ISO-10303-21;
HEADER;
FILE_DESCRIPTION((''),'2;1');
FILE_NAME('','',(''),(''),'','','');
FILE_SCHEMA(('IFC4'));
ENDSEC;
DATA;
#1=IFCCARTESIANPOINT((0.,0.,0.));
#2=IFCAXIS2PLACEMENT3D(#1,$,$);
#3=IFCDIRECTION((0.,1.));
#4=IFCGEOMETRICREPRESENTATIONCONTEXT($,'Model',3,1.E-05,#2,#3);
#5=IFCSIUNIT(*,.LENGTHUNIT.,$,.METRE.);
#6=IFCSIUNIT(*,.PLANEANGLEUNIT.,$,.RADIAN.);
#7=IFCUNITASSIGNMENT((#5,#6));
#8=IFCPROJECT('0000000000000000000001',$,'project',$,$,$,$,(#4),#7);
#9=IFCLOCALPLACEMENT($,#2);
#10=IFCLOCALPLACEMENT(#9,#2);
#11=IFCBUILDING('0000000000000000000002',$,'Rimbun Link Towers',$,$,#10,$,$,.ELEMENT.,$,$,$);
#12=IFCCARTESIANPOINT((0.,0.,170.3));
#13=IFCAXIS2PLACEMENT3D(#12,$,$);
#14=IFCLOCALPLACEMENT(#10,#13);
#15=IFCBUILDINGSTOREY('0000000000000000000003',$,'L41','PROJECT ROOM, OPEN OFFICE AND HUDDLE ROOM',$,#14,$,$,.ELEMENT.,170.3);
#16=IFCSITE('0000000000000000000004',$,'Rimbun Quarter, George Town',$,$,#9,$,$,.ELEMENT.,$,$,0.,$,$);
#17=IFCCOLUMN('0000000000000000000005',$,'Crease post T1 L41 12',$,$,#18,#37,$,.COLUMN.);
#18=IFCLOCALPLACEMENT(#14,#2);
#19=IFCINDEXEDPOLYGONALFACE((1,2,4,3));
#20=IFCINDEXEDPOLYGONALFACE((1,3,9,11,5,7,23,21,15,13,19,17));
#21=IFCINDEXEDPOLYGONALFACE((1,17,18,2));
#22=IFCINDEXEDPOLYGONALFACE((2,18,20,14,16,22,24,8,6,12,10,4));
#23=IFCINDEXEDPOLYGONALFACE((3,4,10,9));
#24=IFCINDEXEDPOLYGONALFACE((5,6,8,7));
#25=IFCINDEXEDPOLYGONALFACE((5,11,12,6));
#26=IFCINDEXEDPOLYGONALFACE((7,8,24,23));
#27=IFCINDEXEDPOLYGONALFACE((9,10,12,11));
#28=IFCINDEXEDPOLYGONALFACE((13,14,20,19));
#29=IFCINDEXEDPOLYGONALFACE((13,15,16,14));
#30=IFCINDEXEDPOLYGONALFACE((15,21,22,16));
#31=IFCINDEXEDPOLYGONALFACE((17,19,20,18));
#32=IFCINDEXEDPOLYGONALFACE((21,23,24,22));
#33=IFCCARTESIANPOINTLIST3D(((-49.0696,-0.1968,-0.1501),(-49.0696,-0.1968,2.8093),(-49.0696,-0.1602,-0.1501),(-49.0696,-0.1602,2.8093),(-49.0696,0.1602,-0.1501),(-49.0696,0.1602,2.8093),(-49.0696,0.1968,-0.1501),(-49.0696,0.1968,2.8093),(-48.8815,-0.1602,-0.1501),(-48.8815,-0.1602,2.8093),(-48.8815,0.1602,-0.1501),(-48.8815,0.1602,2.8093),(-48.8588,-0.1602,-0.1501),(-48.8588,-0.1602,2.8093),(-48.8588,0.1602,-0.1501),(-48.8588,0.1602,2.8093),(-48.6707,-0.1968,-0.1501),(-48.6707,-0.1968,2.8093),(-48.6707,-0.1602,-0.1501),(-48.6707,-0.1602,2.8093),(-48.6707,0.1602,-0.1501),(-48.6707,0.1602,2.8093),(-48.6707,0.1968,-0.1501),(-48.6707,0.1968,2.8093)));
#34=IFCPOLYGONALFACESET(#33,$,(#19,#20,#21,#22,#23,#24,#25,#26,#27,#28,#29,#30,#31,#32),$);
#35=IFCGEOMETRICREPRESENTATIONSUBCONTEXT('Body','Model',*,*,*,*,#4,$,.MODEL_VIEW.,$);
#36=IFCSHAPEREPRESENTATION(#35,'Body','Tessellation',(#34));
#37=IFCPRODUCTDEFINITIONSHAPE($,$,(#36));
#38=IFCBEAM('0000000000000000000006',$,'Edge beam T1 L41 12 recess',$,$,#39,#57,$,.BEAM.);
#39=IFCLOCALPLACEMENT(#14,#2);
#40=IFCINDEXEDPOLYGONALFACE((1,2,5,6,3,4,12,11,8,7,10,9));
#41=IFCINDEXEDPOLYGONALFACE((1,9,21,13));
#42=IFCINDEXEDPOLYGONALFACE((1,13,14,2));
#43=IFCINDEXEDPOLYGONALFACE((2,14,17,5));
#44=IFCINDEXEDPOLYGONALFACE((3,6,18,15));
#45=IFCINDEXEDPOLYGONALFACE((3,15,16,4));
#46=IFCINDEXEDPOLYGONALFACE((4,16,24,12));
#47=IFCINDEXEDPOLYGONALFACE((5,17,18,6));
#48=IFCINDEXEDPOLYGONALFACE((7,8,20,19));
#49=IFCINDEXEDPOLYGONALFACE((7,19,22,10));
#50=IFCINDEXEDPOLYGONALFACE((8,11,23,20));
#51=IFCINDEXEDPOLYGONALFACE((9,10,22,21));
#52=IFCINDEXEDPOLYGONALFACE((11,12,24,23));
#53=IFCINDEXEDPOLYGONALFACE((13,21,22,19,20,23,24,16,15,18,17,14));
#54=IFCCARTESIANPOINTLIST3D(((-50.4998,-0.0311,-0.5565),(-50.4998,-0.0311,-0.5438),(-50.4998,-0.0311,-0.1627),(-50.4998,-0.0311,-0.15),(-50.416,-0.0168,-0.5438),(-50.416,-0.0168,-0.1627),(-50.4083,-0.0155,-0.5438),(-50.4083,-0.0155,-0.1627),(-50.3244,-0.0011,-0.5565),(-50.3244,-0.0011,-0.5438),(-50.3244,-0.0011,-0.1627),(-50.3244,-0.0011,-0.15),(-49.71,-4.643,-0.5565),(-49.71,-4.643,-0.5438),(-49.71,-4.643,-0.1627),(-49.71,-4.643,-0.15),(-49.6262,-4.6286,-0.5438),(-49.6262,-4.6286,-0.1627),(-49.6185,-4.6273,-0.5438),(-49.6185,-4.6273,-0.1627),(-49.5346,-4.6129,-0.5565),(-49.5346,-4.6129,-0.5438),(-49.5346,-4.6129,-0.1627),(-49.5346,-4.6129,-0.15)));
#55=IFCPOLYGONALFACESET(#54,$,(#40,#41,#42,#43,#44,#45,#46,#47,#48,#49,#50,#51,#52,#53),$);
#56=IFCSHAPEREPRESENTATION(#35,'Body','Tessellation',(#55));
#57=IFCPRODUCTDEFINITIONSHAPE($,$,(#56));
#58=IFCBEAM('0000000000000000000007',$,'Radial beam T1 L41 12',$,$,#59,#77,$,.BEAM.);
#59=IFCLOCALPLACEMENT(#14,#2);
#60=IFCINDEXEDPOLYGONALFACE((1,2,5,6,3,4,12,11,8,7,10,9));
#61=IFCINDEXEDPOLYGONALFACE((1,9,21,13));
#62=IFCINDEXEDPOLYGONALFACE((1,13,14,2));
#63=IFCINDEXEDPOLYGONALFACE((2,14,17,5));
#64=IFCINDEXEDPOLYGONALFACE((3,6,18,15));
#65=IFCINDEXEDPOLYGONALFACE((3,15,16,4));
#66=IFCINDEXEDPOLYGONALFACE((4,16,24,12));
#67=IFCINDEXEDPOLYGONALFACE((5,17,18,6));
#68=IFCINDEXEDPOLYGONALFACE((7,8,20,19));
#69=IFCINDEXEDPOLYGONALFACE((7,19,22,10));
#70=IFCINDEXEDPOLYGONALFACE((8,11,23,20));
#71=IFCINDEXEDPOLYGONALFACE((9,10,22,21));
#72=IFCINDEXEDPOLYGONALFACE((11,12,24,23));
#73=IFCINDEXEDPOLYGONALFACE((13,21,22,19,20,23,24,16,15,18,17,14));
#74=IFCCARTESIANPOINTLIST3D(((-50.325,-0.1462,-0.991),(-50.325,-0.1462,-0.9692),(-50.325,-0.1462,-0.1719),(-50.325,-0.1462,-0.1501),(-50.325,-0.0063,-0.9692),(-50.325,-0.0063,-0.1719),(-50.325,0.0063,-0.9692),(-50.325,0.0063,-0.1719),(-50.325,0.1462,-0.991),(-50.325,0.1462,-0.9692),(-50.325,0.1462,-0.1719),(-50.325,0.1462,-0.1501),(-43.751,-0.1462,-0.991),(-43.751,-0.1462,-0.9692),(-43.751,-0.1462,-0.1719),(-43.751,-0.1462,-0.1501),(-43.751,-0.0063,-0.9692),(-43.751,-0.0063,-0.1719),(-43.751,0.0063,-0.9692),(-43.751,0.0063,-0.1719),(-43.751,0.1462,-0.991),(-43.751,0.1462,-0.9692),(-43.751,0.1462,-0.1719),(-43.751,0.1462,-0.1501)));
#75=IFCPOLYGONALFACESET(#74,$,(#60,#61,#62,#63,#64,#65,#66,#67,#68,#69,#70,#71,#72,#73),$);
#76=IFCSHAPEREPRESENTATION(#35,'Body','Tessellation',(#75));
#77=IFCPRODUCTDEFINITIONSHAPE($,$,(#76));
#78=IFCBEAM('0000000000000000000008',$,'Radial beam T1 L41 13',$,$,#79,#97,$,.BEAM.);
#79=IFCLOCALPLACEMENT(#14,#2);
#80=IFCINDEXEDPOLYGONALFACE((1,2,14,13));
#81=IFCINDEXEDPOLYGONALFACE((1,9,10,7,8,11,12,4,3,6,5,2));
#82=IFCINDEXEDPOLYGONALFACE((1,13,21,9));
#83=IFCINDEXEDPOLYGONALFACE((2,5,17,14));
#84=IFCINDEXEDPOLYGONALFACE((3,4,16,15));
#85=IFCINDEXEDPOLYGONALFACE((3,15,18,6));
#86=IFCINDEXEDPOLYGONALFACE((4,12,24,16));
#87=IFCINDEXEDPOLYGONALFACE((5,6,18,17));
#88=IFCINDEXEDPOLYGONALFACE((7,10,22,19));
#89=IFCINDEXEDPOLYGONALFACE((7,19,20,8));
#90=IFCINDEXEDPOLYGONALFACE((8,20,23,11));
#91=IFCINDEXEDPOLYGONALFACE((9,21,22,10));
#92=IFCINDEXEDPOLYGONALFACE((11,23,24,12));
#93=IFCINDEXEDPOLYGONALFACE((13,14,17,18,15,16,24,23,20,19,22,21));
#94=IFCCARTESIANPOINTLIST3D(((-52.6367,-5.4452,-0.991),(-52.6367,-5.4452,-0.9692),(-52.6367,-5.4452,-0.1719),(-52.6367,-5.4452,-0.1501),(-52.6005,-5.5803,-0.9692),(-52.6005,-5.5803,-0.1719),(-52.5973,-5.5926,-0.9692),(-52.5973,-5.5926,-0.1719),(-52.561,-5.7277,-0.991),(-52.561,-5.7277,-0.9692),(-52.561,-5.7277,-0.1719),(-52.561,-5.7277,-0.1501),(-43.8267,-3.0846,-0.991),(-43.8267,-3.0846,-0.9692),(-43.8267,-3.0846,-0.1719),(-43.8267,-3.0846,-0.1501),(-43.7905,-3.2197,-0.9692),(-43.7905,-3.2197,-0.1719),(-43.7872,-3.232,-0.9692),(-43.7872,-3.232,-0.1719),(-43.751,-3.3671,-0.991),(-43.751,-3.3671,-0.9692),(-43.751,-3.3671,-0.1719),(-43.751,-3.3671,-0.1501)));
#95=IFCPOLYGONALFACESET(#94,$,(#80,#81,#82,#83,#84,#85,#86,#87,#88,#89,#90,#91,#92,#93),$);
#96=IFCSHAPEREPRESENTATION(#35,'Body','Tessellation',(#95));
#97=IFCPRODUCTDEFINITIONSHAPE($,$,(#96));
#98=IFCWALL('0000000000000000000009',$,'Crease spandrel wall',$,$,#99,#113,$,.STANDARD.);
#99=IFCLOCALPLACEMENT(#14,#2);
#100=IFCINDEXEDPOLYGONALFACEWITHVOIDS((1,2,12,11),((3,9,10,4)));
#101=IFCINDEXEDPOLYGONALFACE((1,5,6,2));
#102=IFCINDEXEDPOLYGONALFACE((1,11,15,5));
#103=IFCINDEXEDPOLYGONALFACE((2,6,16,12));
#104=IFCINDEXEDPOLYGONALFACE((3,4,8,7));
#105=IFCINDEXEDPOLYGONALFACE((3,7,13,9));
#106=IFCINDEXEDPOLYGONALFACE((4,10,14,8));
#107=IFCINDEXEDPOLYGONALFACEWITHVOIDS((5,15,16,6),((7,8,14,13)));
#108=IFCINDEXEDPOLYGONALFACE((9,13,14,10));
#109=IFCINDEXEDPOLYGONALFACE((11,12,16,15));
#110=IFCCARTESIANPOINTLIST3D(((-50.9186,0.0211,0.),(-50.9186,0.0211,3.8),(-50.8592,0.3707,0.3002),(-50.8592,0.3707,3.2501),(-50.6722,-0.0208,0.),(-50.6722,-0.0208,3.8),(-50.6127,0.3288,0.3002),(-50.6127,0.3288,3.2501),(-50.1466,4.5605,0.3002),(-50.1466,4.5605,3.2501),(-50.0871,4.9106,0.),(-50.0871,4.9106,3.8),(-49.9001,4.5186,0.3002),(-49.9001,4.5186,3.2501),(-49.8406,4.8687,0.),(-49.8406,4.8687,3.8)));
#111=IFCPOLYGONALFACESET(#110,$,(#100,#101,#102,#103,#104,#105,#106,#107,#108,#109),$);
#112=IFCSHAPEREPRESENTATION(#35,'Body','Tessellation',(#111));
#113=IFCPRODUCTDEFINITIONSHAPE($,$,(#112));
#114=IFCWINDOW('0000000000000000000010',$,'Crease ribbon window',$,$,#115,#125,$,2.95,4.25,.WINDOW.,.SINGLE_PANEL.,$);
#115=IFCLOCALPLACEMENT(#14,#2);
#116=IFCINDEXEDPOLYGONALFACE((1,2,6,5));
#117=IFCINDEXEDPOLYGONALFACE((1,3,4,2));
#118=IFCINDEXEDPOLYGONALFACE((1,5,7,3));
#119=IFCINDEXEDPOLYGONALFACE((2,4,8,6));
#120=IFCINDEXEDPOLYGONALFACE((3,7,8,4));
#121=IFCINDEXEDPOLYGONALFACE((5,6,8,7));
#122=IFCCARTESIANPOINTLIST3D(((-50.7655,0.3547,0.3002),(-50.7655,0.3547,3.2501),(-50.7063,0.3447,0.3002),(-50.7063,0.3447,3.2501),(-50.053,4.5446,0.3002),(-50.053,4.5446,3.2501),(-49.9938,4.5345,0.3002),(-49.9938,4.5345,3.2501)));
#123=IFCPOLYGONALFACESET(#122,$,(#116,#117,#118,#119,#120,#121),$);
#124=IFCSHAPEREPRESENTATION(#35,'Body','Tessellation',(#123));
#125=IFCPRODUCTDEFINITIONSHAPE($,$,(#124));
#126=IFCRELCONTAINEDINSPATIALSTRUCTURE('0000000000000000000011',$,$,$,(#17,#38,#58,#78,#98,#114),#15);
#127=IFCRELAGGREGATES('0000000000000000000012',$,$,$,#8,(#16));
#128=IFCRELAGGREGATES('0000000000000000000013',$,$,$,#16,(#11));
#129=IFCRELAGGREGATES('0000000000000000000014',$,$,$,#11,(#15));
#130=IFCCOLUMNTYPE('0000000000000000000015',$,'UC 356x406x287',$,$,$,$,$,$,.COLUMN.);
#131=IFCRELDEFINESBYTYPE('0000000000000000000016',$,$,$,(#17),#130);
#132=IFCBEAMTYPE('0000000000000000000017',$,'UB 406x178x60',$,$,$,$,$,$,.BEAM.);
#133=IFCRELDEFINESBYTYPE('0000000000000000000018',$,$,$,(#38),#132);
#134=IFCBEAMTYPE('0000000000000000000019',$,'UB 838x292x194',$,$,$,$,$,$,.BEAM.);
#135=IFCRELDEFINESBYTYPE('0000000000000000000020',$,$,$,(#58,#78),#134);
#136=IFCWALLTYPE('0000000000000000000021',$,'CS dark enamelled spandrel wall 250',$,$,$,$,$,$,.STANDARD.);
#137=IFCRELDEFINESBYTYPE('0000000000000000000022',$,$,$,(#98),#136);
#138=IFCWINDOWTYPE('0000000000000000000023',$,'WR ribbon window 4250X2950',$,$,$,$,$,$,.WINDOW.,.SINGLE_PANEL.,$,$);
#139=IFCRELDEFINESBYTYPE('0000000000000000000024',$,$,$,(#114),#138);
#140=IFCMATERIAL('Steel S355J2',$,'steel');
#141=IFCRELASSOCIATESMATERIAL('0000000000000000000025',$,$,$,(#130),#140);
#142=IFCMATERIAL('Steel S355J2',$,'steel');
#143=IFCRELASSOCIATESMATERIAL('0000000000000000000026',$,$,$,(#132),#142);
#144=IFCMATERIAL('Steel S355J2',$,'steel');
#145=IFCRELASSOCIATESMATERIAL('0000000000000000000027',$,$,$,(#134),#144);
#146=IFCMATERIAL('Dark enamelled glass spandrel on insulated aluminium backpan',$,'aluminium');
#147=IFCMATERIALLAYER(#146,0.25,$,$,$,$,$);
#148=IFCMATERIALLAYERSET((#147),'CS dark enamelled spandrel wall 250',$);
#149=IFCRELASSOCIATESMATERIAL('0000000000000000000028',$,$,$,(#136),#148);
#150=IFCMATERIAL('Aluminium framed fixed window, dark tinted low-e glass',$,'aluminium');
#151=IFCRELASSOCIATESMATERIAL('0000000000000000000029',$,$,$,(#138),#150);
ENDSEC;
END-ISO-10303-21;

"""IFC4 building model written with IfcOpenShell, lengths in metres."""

from ifc_helpers import new_model, si_unit, direction, frame, frame_2d, origin, origin_2d, place, context, subcontext, project, spatial, rectangle, i_section, extrude, material, layer, layer_set, material_profile, profile_set, type_object, element, fill, save


model = new_model("IFC4")

# Units and contexts
model_context = context("Model", 3, precision=1e-05, world=origin(), true_north=direction((0.0, 1.0)))
body_context = subcontext(model_context, "Body", "Model", "MODEL_VIEW")
ifc_project = project(units=[si_unit("LENGTHUNIT", "METRE"), si_unit("PLANEANGLEUNIT", "RADIAN")], contexts=[model_context])

# Site, building, storey
site_placement = place(None, origin())
site = spatial("IfcSite", under=ifc_project, at=site_placement, Name="Rimbun Quarter, George Town", CompositionType="ELEMENT", RefElevation=0.0)
building_placement = place(site_placement, origin())
building = spatial("IfcBuilding", under=site, at=building_placement, Name="Rimbun Link Towers", CompositionType="ELEMENT")
storey_placement = place(building_placement, frame((0.0, 0.0, 170.3)))
storey = spatial("IfcBuildingStorey", under=building, at=storey_placement, Name="L41", Description="PROJECT ROOM, OPEN OFFICE AND HUDDLE ROOM", CompositionType="ELEMENT", Elevation=170.3)

# Column
ifc_material_1 = material(Name="Steel S355J2", Category="steel")
ifc_material_profile_1 = material_profile(ifc_material_1, i_section(OverallWidth=0.3989, OverallDepth=0.3936, WebThickness=0.0227, FlangeThickness=0.0366, at=origin_2d()), Name="UC 356x406x287")
ifc_profile_set_1 = profile_set([ifc_material_profile_1], Name="Steel S355J2")
column_type = type_object("IfcColumnType", Name="UC 356x406x287", PredefinedType="COLUMN", material=ifc_profile_set_1)
column_placement = place(storey_placement, frame((-48.8701, 0.0, -0.1501), z_axis=(0.0, 0.0, 1.0), x_axis=(1.0, 0.0, 0.0)))
element("IfcColumn", 1, at=column_placement, inside=storey, type_object=column_type, Name="Crease post T1 L41 12", PredefinedType="COLUMN", context=body_context, shape_type="SweptSolid", body=[
    extrude(i_section(OverallWidth=0.3989, OverallDepth=0.3936, WebThickness=0.0227, FlangeThickness=0.0366, at=origin_2d()), origin(), (0.0, 0.0, 1.0), 2.9595),
])

# Beams
ifc_material_2 = material(Name="Steel S355J2", Category="steel")
ifc_material_profile_2 = material_profile(ifc_material_2, i_section(OverallWidth=0.178, OverallDepth=0.4065, WebThickness=0.0078, FlangeThickness=0.0127, at=origin_2d()), Name="UB 406x178x60")
ifc_profile_set_2 = profile_set([ifc_material_profile_2], Name="Steel S355J2")
beam_type_1 = type_object("IfcBeamType", Name="UB 406x178x60", PredefinedType="BEAM", material=ifc_profile_set_2)
beam_1_placement = place(storey_placement, frame((-50.4121, -0.0161, -0.3533), z_axis=(0.168797, -0.985651, 0.0), x_axis=(0.985651, 0.168797, 0.0)))
element("IfcBeam", 2, at=beam_1_placement, inside=storey, type_object=beam_type_1, Name="Edge beam T1 L41 12 recess", PredefinedType="BEAM", context=body_context, shape_type="SweptSolid", body=[
    extrude(i_section(OverallWidth=0.178, OverallDepth=0.4065, WebThickness=0.0078, FlangeThickness=0.0127, at=origin_2d()), origin(), (0.0, 0.0, 1.0), 4.679),
])
ifc_material_3 = material(Name="Steel S355J2", Category="steel")
ifc_material_profile_3 = material_profile(ifc_material_3, i_section(OverallWidth=0.2925, OverallDepth=0.8408, WebThickness=0.0127, FlangeThickness=0.0217, at=origin_2d()), Name="UB 838x292x194")
ifc_profile_set_3 = profile_set([ifc_material_profile_3], Name="Steel S355J2")
beam_type_2 = type_object("IfcBeamType", Name="UB 838x292x194", PredefinedType="BEAM", material=ifc_profile_set_3)
beam_2_placement = place(storey_placement, frame((-43.751, 0.0, -0.5706), z_axis=(-1.0, 0.0, 0.0), x_axis=(0.0, -1.0, 0.0)))
element("IfcBeam", 3, at=beam_2_placement, inside=storey, type_object=beam_type_2, Name="Radial beam T1 L41 12", PredefinedType="BEAM", context=body_context, shape_type="SweptSolid", body=[
    extrude(i_section(OverallWidth=0.2925, OverallDepth=0.8408, WebThickness=0.0127, FlangeThickness=0.0217, at=origin_2d()), origin(), (0.0, 0.0, 1.0), 6.574),
])
beam_3_placement = place(storey_placement, frame((-43.7888, -3.2258, -0.5706), z_axis=(-0.965927, -0.258814, 0.0), x_axis=(0.258814, -0.965927, 0.0)))
element("IfcBeam", 4, at=beam_3_placement, inside=storey, type_object=beam_type_2, Name="Radial beam T1 L41 13", PredefinedType="BEAM", context=body_context, shape_type="SweptSolid", body=[
    extrude(i_section(OverallWidth=0.2925, OverallDepth=0.8408, WebThickness=0.0127, FlangeThickness=0.0217, at=origin_2d()), origin(), (0.0, 0.0, 1.0), 9.1208),
])

# Wall, opening, window
ifc_material_4 = material(Name="Dark enamelled glass spandrel on insulated aluminium backpan", Category="aluminium")
ifc_layer_1 = layer(ifc_material_4, 0.25)
ifc_layer_set_1 = layer_set([ifc_layer_1], Name="CS dark enamelled spandrel wall 250")
wall_type_1 = type_object("IfcWallType", Name="CS dark enamelled spandrel wall 250", PredefinedType="STANDARD", material=ifc_layer_set_1)
wall_1_placement = place(storey_placement, frame((-50.7954, 0.0, 0.0), z_axis=(0.0, 0.0, 1.0), x_axis=(0.167663, 0.985844, 0.0)))
wall_1 = element("IfcWall", 5, at=wall_1_placement, inside=storey, type_object=wall_type_1, Name="Crease spandrel wall", PredefinedType="STANDARD", context=body_context, shape_type="SweptSolid", body=[
    extrude(rectangle(XDim=4.9597, YDim=0.25, at=frame_2d((2.48, 0.0))), origin(), (0.0, 0.0, 1.0), 3.8),
])
opening_1_placement = place(wall_1_placement, frame((0.3547, 0.0, 0.3)))
opening_1 = element("IfcOpeningElement", 6, at=opening_1_placement, cuts=wall_1, PredefinedType="OPENING", context=body_context, shape_type="SweptSolid", body=[
    extrude(rectangle(XDim=4.25, YDim=2.95, at=frame_2d((2.125, 1.4751))), frame((0.0, 0.135, 0.0), z_axis=(0.0, -1.0, 0.0), x_axis=(1.0, 0.0, 0.0)), (0.0, 0.0, 1.0), 0.27),
])
ifc_material_5 = material(Name="Aluminium framed fixed window, dark tinted low-e glass", Category="aluminium")
window_type = type_object("IfcWindowType", Name="WR ribbon window 4250X2950", PartitioningType="SINGLE_PANEL", PredefinedType="WINDOW", material=ifc_material_5)
window_placement = place(opening_1_placement, origin())
window = element("IfcWindow", 7, at=window_placement, inside=storey, type_object=window_type, Name="Crease ribbon window", OverallHeight=2.95, OverallWidth=4.25, PartitioningType="SINGLE_PANEL", PredefinedType="WINDOW", context=body_context, shape_type="SweptSolid", body=[
    extrude(rectangle(XDim=4.25, YDim=2.95, at=frame_2d((2.125, 1.4751))), frame((0.0, 0.03, 0.0), z_axis=(0.0, -1.0, 0.0), x_axis=(1.0, 0.0, 0.0)), (0.0, 0.0, 1.0), 0.0601),
])
fill(opening_1, window)

save(model, "model.ifc")
